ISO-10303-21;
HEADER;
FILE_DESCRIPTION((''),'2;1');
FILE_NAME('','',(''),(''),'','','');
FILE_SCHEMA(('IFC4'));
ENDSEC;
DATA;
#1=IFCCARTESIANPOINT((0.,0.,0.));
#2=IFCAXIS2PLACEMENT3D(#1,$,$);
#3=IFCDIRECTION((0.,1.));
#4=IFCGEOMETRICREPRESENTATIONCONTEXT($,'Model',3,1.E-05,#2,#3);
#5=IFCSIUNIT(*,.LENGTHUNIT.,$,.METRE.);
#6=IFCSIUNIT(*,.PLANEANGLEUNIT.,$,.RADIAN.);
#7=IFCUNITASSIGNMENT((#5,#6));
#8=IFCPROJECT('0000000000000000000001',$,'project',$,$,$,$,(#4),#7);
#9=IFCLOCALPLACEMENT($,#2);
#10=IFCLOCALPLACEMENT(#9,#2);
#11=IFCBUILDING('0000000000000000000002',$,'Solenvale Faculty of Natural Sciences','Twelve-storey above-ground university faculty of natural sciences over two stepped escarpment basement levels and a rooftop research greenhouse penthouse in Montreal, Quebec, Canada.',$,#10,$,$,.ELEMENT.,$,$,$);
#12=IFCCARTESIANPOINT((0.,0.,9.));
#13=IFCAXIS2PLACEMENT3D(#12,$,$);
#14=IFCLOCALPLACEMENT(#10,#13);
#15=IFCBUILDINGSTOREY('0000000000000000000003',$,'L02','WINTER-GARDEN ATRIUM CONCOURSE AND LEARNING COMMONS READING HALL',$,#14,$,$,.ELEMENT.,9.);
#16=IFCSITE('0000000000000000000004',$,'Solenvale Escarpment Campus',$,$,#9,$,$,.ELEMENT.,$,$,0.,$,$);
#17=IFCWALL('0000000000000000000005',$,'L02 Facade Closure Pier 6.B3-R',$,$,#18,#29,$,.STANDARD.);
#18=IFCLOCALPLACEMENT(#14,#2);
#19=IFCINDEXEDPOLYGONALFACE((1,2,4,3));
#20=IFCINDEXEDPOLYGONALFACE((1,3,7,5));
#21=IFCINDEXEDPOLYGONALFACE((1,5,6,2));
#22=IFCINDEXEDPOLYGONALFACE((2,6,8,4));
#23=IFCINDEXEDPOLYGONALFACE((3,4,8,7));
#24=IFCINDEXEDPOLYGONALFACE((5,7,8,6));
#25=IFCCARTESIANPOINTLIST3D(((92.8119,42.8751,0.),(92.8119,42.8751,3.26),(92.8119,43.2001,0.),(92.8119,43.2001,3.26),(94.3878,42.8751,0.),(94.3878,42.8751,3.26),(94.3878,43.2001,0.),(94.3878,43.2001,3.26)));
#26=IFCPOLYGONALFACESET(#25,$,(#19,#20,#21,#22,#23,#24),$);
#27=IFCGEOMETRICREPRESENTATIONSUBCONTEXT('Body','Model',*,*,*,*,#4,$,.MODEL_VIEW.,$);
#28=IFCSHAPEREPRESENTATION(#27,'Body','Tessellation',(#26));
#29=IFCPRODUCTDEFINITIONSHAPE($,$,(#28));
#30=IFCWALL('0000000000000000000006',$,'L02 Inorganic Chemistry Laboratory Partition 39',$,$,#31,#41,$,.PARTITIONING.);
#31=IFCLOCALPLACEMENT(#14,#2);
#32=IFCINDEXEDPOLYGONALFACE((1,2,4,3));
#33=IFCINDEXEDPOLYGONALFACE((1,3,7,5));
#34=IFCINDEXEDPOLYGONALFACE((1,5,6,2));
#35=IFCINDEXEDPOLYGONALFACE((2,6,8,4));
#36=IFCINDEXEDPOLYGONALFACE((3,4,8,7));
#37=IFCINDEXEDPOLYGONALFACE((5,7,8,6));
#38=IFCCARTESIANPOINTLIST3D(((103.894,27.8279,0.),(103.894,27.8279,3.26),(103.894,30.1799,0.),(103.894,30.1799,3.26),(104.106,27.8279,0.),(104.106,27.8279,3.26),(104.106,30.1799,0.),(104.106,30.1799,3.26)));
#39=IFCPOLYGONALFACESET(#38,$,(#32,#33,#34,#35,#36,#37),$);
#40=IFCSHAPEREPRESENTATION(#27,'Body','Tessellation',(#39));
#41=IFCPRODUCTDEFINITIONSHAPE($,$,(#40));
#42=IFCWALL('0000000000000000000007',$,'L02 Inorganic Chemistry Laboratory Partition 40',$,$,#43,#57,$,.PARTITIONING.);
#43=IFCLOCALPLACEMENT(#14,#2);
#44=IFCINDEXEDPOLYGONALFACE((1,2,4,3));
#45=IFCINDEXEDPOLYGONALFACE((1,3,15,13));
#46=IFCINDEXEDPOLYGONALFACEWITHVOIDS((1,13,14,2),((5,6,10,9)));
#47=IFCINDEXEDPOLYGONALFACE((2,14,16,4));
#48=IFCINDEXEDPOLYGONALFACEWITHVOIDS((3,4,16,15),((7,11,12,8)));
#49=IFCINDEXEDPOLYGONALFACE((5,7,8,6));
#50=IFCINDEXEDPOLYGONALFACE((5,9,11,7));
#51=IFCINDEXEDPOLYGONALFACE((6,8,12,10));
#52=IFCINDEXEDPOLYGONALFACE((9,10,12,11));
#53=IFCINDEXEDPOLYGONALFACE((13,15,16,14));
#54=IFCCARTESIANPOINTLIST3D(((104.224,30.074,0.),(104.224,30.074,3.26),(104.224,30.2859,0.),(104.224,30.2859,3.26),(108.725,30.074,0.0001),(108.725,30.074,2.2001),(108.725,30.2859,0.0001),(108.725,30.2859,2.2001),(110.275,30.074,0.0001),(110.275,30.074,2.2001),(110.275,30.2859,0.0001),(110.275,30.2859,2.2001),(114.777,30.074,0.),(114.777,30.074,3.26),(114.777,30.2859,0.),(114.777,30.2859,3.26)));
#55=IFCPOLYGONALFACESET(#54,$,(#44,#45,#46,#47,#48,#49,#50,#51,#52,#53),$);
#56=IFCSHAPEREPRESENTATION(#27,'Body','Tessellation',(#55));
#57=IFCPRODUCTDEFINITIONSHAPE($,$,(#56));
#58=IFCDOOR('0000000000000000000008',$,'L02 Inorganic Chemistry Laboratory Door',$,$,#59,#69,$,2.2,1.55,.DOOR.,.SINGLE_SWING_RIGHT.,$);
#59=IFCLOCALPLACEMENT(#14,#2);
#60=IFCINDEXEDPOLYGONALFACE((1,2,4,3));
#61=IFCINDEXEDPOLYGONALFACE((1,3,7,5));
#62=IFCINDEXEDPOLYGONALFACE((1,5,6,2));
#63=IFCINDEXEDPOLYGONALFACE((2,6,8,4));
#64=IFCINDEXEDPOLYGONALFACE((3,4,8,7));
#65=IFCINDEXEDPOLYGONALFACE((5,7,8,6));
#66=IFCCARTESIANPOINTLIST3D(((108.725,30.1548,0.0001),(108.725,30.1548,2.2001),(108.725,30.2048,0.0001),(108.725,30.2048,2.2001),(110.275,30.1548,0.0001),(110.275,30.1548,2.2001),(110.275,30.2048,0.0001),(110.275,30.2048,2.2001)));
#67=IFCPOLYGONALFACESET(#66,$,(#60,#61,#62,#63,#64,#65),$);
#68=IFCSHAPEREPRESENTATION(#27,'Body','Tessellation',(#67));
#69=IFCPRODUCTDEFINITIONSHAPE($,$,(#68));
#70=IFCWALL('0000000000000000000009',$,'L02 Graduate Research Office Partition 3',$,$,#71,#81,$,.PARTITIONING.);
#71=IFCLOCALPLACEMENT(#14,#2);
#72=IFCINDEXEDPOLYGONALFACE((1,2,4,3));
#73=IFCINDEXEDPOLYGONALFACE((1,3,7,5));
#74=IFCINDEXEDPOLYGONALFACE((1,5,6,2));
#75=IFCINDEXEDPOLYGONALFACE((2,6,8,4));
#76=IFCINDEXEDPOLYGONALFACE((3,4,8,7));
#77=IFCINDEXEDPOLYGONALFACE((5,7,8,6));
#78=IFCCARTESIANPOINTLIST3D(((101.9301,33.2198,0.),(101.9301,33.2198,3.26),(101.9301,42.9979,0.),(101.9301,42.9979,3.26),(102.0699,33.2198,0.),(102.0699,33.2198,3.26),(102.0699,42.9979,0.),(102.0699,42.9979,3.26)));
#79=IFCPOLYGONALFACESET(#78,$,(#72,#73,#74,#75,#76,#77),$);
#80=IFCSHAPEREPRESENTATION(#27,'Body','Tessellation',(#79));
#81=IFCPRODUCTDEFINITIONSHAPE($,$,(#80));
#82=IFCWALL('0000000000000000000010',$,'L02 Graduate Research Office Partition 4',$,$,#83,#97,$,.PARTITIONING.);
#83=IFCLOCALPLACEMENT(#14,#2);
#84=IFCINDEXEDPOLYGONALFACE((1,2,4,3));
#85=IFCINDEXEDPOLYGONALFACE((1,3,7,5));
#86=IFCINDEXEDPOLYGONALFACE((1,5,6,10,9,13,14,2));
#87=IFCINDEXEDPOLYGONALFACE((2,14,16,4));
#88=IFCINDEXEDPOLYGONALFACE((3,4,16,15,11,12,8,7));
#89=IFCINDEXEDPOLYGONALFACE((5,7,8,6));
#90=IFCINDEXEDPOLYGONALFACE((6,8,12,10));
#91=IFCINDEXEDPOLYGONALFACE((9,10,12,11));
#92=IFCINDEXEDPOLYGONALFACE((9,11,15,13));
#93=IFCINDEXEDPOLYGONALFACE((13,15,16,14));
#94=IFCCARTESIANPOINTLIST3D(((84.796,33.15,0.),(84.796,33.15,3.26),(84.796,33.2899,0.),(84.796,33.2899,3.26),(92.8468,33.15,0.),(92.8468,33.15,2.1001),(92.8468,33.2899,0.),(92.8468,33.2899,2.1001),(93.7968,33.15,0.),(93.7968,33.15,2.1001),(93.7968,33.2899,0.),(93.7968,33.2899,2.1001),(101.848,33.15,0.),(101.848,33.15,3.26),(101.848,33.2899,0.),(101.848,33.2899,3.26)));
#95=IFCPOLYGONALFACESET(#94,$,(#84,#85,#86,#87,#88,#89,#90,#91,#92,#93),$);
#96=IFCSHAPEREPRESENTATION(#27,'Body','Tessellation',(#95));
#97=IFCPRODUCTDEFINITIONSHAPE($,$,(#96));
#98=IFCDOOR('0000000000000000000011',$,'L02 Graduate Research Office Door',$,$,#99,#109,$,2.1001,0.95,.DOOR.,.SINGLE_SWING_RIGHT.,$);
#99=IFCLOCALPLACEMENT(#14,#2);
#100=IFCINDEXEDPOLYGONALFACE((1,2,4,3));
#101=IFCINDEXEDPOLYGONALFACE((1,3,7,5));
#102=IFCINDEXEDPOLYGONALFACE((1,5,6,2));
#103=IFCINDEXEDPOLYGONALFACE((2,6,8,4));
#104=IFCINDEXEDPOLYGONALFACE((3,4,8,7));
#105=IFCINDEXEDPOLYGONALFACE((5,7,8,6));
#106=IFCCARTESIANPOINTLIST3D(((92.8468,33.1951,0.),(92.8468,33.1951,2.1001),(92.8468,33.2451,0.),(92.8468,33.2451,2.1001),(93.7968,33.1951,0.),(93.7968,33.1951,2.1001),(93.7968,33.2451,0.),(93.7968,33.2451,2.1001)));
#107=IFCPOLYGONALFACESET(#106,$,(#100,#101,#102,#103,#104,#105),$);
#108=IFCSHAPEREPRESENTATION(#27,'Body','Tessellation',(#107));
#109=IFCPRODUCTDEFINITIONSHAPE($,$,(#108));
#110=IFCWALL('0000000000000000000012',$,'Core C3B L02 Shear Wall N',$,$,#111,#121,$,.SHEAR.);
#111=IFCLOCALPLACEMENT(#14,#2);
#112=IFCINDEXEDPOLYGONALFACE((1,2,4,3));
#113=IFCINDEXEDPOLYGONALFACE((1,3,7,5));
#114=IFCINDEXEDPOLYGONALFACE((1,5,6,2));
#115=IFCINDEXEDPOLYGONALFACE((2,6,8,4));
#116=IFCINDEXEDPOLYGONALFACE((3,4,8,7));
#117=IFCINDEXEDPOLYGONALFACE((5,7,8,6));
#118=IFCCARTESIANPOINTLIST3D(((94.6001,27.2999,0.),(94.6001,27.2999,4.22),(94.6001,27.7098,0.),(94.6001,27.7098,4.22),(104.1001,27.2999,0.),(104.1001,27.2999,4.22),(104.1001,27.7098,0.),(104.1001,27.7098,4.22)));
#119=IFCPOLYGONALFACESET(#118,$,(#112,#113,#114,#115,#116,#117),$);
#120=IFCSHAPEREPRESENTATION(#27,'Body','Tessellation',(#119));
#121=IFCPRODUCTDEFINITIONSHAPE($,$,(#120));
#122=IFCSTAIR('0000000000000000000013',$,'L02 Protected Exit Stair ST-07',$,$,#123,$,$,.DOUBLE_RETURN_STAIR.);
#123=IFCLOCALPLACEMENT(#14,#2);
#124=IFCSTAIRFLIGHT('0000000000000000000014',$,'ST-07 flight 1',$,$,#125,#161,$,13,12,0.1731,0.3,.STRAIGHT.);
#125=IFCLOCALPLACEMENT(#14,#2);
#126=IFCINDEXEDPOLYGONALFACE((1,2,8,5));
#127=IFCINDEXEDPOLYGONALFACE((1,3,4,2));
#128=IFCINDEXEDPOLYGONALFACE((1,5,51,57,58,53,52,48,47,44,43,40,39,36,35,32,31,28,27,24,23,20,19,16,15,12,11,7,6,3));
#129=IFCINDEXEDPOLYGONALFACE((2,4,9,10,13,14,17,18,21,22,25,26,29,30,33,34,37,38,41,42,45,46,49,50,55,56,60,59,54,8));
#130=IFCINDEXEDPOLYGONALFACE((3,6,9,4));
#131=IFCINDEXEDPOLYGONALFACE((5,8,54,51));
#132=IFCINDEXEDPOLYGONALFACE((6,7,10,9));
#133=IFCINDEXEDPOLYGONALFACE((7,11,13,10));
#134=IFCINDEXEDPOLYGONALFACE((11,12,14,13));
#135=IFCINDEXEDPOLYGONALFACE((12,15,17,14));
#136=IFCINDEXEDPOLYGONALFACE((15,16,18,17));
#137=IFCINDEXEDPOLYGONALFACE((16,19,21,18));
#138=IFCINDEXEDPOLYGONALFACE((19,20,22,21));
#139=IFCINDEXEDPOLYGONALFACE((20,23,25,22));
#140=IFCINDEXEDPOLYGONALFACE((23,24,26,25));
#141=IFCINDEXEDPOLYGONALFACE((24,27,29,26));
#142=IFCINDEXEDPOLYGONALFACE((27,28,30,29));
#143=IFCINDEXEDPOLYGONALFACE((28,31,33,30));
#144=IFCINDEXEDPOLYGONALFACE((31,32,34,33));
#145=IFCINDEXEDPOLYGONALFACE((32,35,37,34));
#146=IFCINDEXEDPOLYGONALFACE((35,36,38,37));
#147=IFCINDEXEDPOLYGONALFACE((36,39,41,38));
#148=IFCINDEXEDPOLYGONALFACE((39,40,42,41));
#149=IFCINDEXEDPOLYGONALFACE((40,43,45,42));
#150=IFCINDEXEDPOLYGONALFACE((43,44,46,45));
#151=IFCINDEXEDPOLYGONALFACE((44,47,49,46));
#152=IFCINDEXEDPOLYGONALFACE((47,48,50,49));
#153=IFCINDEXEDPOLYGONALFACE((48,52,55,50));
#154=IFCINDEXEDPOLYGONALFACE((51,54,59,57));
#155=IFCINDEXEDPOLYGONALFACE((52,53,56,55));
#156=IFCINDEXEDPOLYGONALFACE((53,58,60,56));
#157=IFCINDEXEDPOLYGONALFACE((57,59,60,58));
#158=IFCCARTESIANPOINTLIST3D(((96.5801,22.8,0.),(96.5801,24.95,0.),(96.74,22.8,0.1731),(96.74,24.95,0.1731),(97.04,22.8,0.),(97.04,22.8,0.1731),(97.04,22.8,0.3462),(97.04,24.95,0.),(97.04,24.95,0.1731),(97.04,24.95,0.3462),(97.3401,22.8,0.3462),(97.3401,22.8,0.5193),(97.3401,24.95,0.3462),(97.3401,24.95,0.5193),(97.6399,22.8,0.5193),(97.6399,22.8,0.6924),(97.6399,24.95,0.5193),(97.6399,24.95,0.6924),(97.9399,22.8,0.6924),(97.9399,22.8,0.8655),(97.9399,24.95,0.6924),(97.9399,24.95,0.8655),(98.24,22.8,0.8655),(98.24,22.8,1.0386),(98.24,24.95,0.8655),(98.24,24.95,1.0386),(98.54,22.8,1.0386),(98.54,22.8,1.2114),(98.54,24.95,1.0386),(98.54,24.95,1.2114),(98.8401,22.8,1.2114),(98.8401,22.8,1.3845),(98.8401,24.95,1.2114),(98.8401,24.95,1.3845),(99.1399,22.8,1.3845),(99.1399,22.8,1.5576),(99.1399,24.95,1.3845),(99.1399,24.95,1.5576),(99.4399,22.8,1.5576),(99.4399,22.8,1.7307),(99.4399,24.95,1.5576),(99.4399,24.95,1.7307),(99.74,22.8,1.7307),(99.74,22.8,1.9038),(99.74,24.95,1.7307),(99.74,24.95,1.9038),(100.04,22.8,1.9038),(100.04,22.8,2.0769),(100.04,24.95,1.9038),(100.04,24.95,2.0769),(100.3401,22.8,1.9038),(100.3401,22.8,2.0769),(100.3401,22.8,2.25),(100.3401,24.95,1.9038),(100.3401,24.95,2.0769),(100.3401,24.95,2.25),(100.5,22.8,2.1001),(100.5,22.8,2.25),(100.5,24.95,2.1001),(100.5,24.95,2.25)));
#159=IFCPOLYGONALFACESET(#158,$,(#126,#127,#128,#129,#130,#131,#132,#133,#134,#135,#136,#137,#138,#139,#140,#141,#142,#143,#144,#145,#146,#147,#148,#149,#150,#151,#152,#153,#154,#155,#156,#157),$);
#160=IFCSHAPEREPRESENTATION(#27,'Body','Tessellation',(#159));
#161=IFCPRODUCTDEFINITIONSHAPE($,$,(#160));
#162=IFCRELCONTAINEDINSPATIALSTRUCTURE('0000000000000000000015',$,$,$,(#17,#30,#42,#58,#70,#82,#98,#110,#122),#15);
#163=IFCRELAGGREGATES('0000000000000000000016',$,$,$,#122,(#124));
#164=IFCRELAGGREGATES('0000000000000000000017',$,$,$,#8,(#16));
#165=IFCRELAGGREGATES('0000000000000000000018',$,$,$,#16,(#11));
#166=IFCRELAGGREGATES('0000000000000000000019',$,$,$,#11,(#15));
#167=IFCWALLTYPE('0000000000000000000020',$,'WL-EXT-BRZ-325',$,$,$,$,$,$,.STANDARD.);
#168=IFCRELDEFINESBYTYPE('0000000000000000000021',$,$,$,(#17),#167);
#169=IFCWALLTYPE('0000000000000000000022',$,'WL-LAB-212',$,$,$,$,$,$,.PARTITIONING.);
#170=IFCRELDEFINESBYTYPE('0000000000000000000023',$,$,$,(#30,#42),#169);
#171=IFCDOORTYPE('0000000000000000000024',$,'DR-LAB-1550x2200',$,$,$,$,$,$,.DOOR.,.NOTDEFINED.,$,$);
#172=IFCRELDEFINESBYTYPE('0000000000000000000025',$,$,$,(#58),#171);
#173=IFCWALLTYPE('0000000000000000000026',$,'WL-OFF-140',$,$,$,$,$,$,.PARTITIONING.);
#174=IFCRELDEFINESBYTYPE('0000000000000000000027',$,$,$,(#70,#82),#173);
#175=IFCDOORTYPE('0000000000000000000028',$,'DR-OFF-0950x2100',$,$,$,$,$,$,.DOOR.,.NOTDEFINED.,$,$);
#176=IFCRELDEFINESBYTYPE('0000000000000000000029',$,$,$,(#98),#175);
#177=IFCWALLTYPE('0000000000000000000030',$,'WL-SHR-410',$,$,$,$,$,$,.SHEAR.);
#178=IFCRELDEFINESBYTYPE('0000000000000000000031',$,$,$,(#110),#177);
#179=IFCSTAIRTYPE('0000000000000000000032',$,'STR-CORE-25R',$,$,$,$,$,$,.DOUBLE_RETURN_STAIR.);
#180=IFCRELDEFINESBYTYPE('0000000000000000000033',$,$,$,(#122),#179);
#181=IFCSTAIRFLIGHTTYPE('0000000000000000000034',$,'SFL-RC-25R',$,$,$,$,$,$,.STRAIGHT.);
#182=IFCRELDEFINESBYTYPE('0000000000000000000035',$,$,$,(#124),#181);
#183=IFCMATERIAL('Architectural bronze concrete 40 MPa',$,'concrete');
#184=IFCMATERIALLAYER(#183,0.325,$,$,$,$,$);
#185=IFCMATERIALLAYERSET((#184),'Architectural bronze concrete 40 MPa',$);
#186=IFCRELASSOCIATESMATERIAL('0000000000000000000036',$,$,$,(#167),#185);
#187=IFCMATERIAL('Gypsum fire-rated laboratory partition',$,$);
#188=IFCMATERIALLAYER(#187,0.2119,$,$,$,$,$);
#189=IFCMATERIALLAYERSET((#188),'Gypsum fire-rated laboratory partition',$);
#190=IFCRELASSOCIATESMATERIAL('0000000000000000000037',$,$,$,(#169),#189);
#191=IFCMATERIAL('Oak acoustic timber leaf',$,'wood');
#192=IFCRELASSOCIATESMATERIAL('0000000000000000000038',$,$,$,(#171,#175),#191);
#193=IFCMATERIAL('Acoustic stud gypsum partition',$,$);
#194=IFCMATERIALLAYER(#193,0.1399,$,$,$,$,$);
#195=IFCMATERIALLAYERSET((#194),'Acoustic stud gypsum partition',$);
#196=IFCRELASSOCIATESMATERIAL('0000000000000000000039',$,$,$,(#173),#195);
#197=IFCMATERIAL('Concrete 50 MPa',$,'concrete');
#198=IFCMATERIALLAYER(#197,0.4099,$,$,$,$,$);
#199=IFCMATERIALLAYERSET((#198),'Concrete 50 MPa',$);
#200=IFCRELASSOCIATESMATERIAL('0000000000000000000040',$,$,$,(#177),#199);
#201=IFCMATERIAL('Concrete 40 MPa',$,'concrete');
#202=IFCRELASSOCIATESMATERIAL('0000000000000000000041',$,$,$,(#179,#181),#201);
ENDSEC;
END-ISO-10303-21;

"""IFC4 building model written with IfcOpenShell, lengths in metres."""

from ifc_helpers import new_model, si_unit, direction, frame, frame_2d, origin, place, context, subcontext, project, spatial, polyline, rectangle, outline, extrude, material, layer, layer_set, type_object, element, fill, aggregate, save


model = new_model("IFC4")

# Units and contexts
model_context = context("Model", 3, precision=1e-05, world=origin(), true_north=direction((0.0, 1.0)))
body_context = subcontext(model_context, "Body", "Model", "MODEL_VIEW")
ifc_project = project(units=[si_unit("LENGTHUNIT", "METRE"), si_unit("PLANEANGLEUNIT", "RADIAN")], contexts=[model_context])

# Site, building, storey
site_placement = place(None, origin())
site = spatial("IfcSite", under=ifc_project, at=site_placement, Name="Solenvale Escarpment Campus", CompositionType="ELEMENT", RefElevation=0.0)
building_placement = place(site_placement, origin())
building = spatial("IfcBuilding", under=site, at=building_placement, Name="Solenvale Faculty of Natural Sciences", Description="Twelve-storey above-ground university faculty of natural sciences over two stepped escarpment basement levels and a rooftop research greenhouse penthouse in Montreal, Quebec, Canada.", CompositionType="ELEMENT")
storey_placement = place(building_placement, frame((0.0, 0.0, 9.0)))
storey = spatial("IfcBuildingStorey", under=building, at=storey_placement, Name="L02", Description="WINTER-GARDEN ATRIUM CONCOURSE AND LEARNING COMMONS READING HALL", CompositionType="ELEMENT", Elevation=9.0)

# Shared definitions
ifc_material_1 = material(Name="Concrete 50 MPa", Category="concrete")

# Shared definitions
ifc_material_2 = material(Name="Concrete 40 MPa", Category="concrete")

# Wall
ifc_material_3 = material(Name="Architectural bronze concrete 40 MPa", Category="concrete")
ifc_layer_1 = layer(ifc_material_3, 0.325)
ifc_layer_set_1 = layer_set([ifc_layer_1], Name="Architectural bronze concrete 40 MPa")
wall_type_1 = type_object("IfcWallType", Name="WL-EXT-BRZ-325", PredefinedType="STANDARD", material=ifc_layer_set_1)
wall_1_placement = place(storey_placement, frame((94.3879, 43.0376, 0.0), z_axis=(0.0, 0.0, 1.0), x_axis=(-1.0, 0.0, 0.0)))
element("IfcWall", 1, at=wall_1_placement, inside=storey, type_object=wall_type_1, Name="L02 Facade Closure Pier 6.B3-R", PredefinedType="STANDARD", context=body_context, shape_type="SweptSolid", body=[
    extrude(rectangle(XDim=1.5759, YDim=0.325, at=frame_2d((0.7881, 0.0))), origin(), (0.0, 0.0, 1.0), 3.26),
])

# Wall
ifc_material_4 = material(Name="Gypsum fire-rated laboratory partition")
ifc_layer_2 = layer(ifc_material_4, 0.2119)
ifc_layer_set_2 = layer_set([ifc_layer_2], Name="Gypsum fire-rated laboratory partition")
wall_type_2 = type_object("IfcWallType", Name="WL-LAB-212", PredefinedType="PARTITIONING", material=ifc_layer_set_2)
wall_2_placement = place(storey_placement, frame((104.0, 27.8279, 0.0), z_axis=(0.0, 0.0, 1.0), x_axis=(0.0, 1.0, 0.0)))
element("IfcWall", 2, at=wall_2_placement, inside=storey, type_object=wall_type_2, Name="L02 Inorganic Chemistry Laboratory Partition 39", PredefinedType="PARTITIONING", context=body_context, shape_type="SweptSolid", body=[
    extrude(rectangle(XDim=2.3521, YDim=0.2119, at=frame_2d((1.176, 0.0))), origin(), (0.0, 0.0, 1.0), 3.26),
])

# Wall, opening, door
wall_3_placement = place(storey_placement, frame((104.2241, 30.1799, 0.0), z_axis=(0.0, 0.0, 1.0), x_axis=(1.0, 0.0, 0.0)))
wall_3 = element("IfcWall", 3, at=wall_3_placement, inside=storey, type_object=wall_type_2, Name="L02 Inorganic Chemistry Laboratory Partition 40", PredefinedType="PARTITIONING", context=body_context, shape_type="SweptSolid", body=[
    extrude(rectangle(XDim=10.553, YDim=0.2119, at=frame_2d((5.2764, 0.0))), origin(), (0.0, 0.0, 1.0), 3.26),
])
opening_1_placement = place(wall_3_placement, frame((4.501, 0.0, 0.0)))
opening_1 = element("IfcOpeningElement", 4, at=opening_1_placement, cuts=wall_3, PredefinedType="OPENING", context=body_context, shape_type="SweptSolid", body=[
    extrude(rectangle(XDim=1.55, YDim=2.2, at=frame_2d((0.7749, 1.1001))), frame((0.0, 0.116, 0.0), z_axis=(0.0, -1.0, 0.0), x_axis=(1.0, 0.0, 0.0)), (0.0, 0.0, 1.0), 0.2319),
])
ifc_material_5 = material(Name="Oak acoustic timber leaf", Category="wood")
door_type_1 = type_object("IfcDoorType", Name="DR-LAB-1550x2200", OperationType="NOTDEFINED", PredefinedType="DOOR", material=ifc_material_5)
door_1_placement = place(opening_1_placement, origin())
door_1 = element("IfcDoor", 5, at=door_1_placement, inside=storey, type_object=door_type_1, Name="L02 Inorganic Chemistry Laboratory Door", OperationType="SINGLE_SWING_RIGHT", OverallHeight=2.2, OverallWidth=1.55, PredefinedType="DOOR", context=body_context, shape_type="SweptSolid", body=[
    extrude(rectangle(XDim=1.55, YDim=2.2, at=frame_2d((0.7749, 1.1001))), frame((0.0, 0.0249, 0.0), z_axis=(0.0, -1.0, 0.0), x_axis=(1.0, 0.0, 0.0)), (0.0, 0.0, 1.0), 0.05),
])
fill(opening_1, door_1)

# Wall
ifc_material_6 = material(Name="Acoustic stud gypsum partition")
ifc_layer_3 = layer(ifc_material_6, 0.1399)
ifc_layer_set_3 = layer_set([ifc_layer_3], Name="Acoustic stud gypsum partition")
wall_type_3 = type_object("IfcWallType", Name="WL-OFF-140", PredefinedType="PARTITIONING", material=ifc_layer_set_3)
wall_4_placement = place(storey_placement, frame((102.0, 42.998, 0.0), z_axis=(0.0, 0.0, 1.0), x_axis=(0.0, -1.0, 0.0)))
element("IfcWall", 6, at=wall_4_placement, inside=storey, type_object=wall_type_3, Name="L02 Graduate Research Office Partition 3", PredefinedType="PARTITIONING", context=body_context, shape_type="SweptSolid", body=[
    extrude(rectangle(XDim=9.7781, YDim=0.1399, at=frame_2d((4.8892, 0.0))), origin(), (0.0, 0.0, 1.0), 3.26),
])

# Wall, opening, door
wall_5_placement = place(storey_placement, frame((101.8479, 33.22, 0.0), z_axis=(0.0, 0.0, 1.0), x_axis=(-1.0, 0.0, 0.0)))
wall_5 = element("IfcWall", 7, at=wall_5_placement, inside=storey, type_object=wall_type_3, Name="L02 Graduate Research Office Partition 4", PredefinedType="PARTITIONING", context=body_context, shape_type="SweptSolid", body=[
    extrude(rectangle(XDim=17.052, YDim=0.1399, at=frame_2d((8.5259, 0.0))), origin(), (0.0, 0.0, 1.0), 3.26),
])
opening_2_placement = place(wall_5_placement, frame((8.051, 0.0, 0.0)))
opening_2 = element("IfcOpeningElement", 8, at=opening_2_placement, cuts=wall_5, PredefinedType="OPENING", context=body_context, shape_type="SweptSolid", body=[
    extrude(rectangle(XDim=0.95, YDim=2.1001, at=frame_2d((0.4751, 1.05))), frame((0.0, 0.0798, 0.0), z_axis=(0.0, -1.0, 0.0), x_axis=(1.0, 0.0, 0.0)), (0.0, 0.0, 1.0), 0.1599),
])
door_type_2 = type_object("IfcDoorType", Name="DR-OFF-0950x2100", OperationType="NOTDEFINED", PredefinedType="DOOR", material=ifc_material_5)
door_2_placement = place(opening_2_placement, origin())
door_2 = element("IfcDoor", 9, at=door_2_placement, inside=storey, type_object=door_type_2, Name="L02 Graduate Research Office Door", OperationType="SINGLE_SWING_RIGHT", OverallHeight=2.1001, OverallWidth=0.95, PredefinedType="DOOR", context=body_context, shape_type="SweptSolid", body=[
    extrude(rectangle(XDim=0.95, YDim=2.1001, at=frame_2d((0.4751, 1.05))), frame((0.0, 0.0249, 0.0), z_axis=(0.0, -1.0, 0.0), x_axis=(1.0, 0.0, 0.0)), (0.0, 0.0, 1.0), 0.05),
])
fill(opening_2, door_2)

# Wall
ifc_layer_4 = layer(ifc_material_1, 0.4099)
ifc_layer_set_4 = layer_set([ifc_layer_4], Name="Concrete 50 MPa")
wall_type_4 = type_object("IfcWallType", Name="WL-SHR-410", PredefinedType="SHEAR", material=ifc_layer_set_4)
wall_6_placement = place(storey_placement, frame((94.6001, 27.5049, 0.0), z_axis=(0.0, 0.0, 1.0), x_axis=(1.0, 0.0, 0.0)))
element("IfcWall", 10, at=wall_6_placement, inside=storey, type_object=wall_type_4, Name="Core C3B L02 Shear Wall N", PredefinedType="SHEAR", context=body_context, shape_type="SweptSolid", body=[
    extrude(rectangle(XDim=9.5, YDim=0.4099, at=frame_2d((4.75, 0.0))), origin(), (0.0, 0.0, 1.0), 4.22),
])

# Stair, stair flight
stair_type = type_object("IfcStairType", Name="STR-CORE-25R", PredefinedType="DOUBLE_RETURN_STAIR", material=ifc_material_2)
stair_placement = place(storey_placement, origin())
stair = element("IfcStair", 11, at=stair_placement, inside=storey, type_object=stair_type, Name="L02 Protected Exit Stair ST-07", PredefinedType="DOUBLE_RETURN_STAIR")
stair_flight_type = type_object("IfcStairFlightType", Name="SFL-RC-25R", PredefinedType="STRAIGHT", material=ifc_material_2)
stair_flight_1_placement = place(storey_placement, frame((96.74, 23.875, 0.0), z_axis=(0.0, 0.0, 1.0), x_axis=(1.0, 0.0, 0.0)))
stair_flight_1 = element("IfcStairFlight", 12, at=stair_flight_1_placement, type_object=stair_flight_type, Name="ST-07 flight 1", NumberOfRisers=13, NumberOfTreads=12, PredefinedType="STRAIGHT", RiserHeight=0.1731, TreadLength=0.3, context=body_context, shape_type="SweptSolid", body=[
    extrude(outline(polyline([(-0.1599, 0.0), (0.0, 0.1731), (0.3, 0.1731), (0.3, 0.3462), (0.6001, 0.3462), (0.6001, 0.5193), (0.8999, 0.5193), (0.8999, 0.6924), (1.2, 0.6924), (1.2, 0.8655), (1.5, 0.8655), (1.5, 1.0386), (1.8, 1.0386), (1.8, 1.2114), (2.1001, 1.2114), (2.1001, 1.3845), (2.3999, 1.3845), (2.3999, 1.5576), (2.7, 1.5576), (2.7, 1.7307), (3.0, 1.7307), (3.0, 1.9038), (3.3, 1.9038), (3.3, 2.0769), (3.6001, 2.0769), (3.6001, 2.25), (3.76, 2.25), (3.76, 2.1001), (3.6001, 1.9038), (0.3, 0.0), (-0.1599, 0.0)])), frame((0.0, 1.075, 0.0), z_axis=(0.0, -1.0, 0.0), x_axis=(1.0, 0.0, 0.0)), (0.0, 0.0, 1.0), 2.1499),
])
aggregate(stair, [stair_flight_1])

save(model, "model.ifc")
